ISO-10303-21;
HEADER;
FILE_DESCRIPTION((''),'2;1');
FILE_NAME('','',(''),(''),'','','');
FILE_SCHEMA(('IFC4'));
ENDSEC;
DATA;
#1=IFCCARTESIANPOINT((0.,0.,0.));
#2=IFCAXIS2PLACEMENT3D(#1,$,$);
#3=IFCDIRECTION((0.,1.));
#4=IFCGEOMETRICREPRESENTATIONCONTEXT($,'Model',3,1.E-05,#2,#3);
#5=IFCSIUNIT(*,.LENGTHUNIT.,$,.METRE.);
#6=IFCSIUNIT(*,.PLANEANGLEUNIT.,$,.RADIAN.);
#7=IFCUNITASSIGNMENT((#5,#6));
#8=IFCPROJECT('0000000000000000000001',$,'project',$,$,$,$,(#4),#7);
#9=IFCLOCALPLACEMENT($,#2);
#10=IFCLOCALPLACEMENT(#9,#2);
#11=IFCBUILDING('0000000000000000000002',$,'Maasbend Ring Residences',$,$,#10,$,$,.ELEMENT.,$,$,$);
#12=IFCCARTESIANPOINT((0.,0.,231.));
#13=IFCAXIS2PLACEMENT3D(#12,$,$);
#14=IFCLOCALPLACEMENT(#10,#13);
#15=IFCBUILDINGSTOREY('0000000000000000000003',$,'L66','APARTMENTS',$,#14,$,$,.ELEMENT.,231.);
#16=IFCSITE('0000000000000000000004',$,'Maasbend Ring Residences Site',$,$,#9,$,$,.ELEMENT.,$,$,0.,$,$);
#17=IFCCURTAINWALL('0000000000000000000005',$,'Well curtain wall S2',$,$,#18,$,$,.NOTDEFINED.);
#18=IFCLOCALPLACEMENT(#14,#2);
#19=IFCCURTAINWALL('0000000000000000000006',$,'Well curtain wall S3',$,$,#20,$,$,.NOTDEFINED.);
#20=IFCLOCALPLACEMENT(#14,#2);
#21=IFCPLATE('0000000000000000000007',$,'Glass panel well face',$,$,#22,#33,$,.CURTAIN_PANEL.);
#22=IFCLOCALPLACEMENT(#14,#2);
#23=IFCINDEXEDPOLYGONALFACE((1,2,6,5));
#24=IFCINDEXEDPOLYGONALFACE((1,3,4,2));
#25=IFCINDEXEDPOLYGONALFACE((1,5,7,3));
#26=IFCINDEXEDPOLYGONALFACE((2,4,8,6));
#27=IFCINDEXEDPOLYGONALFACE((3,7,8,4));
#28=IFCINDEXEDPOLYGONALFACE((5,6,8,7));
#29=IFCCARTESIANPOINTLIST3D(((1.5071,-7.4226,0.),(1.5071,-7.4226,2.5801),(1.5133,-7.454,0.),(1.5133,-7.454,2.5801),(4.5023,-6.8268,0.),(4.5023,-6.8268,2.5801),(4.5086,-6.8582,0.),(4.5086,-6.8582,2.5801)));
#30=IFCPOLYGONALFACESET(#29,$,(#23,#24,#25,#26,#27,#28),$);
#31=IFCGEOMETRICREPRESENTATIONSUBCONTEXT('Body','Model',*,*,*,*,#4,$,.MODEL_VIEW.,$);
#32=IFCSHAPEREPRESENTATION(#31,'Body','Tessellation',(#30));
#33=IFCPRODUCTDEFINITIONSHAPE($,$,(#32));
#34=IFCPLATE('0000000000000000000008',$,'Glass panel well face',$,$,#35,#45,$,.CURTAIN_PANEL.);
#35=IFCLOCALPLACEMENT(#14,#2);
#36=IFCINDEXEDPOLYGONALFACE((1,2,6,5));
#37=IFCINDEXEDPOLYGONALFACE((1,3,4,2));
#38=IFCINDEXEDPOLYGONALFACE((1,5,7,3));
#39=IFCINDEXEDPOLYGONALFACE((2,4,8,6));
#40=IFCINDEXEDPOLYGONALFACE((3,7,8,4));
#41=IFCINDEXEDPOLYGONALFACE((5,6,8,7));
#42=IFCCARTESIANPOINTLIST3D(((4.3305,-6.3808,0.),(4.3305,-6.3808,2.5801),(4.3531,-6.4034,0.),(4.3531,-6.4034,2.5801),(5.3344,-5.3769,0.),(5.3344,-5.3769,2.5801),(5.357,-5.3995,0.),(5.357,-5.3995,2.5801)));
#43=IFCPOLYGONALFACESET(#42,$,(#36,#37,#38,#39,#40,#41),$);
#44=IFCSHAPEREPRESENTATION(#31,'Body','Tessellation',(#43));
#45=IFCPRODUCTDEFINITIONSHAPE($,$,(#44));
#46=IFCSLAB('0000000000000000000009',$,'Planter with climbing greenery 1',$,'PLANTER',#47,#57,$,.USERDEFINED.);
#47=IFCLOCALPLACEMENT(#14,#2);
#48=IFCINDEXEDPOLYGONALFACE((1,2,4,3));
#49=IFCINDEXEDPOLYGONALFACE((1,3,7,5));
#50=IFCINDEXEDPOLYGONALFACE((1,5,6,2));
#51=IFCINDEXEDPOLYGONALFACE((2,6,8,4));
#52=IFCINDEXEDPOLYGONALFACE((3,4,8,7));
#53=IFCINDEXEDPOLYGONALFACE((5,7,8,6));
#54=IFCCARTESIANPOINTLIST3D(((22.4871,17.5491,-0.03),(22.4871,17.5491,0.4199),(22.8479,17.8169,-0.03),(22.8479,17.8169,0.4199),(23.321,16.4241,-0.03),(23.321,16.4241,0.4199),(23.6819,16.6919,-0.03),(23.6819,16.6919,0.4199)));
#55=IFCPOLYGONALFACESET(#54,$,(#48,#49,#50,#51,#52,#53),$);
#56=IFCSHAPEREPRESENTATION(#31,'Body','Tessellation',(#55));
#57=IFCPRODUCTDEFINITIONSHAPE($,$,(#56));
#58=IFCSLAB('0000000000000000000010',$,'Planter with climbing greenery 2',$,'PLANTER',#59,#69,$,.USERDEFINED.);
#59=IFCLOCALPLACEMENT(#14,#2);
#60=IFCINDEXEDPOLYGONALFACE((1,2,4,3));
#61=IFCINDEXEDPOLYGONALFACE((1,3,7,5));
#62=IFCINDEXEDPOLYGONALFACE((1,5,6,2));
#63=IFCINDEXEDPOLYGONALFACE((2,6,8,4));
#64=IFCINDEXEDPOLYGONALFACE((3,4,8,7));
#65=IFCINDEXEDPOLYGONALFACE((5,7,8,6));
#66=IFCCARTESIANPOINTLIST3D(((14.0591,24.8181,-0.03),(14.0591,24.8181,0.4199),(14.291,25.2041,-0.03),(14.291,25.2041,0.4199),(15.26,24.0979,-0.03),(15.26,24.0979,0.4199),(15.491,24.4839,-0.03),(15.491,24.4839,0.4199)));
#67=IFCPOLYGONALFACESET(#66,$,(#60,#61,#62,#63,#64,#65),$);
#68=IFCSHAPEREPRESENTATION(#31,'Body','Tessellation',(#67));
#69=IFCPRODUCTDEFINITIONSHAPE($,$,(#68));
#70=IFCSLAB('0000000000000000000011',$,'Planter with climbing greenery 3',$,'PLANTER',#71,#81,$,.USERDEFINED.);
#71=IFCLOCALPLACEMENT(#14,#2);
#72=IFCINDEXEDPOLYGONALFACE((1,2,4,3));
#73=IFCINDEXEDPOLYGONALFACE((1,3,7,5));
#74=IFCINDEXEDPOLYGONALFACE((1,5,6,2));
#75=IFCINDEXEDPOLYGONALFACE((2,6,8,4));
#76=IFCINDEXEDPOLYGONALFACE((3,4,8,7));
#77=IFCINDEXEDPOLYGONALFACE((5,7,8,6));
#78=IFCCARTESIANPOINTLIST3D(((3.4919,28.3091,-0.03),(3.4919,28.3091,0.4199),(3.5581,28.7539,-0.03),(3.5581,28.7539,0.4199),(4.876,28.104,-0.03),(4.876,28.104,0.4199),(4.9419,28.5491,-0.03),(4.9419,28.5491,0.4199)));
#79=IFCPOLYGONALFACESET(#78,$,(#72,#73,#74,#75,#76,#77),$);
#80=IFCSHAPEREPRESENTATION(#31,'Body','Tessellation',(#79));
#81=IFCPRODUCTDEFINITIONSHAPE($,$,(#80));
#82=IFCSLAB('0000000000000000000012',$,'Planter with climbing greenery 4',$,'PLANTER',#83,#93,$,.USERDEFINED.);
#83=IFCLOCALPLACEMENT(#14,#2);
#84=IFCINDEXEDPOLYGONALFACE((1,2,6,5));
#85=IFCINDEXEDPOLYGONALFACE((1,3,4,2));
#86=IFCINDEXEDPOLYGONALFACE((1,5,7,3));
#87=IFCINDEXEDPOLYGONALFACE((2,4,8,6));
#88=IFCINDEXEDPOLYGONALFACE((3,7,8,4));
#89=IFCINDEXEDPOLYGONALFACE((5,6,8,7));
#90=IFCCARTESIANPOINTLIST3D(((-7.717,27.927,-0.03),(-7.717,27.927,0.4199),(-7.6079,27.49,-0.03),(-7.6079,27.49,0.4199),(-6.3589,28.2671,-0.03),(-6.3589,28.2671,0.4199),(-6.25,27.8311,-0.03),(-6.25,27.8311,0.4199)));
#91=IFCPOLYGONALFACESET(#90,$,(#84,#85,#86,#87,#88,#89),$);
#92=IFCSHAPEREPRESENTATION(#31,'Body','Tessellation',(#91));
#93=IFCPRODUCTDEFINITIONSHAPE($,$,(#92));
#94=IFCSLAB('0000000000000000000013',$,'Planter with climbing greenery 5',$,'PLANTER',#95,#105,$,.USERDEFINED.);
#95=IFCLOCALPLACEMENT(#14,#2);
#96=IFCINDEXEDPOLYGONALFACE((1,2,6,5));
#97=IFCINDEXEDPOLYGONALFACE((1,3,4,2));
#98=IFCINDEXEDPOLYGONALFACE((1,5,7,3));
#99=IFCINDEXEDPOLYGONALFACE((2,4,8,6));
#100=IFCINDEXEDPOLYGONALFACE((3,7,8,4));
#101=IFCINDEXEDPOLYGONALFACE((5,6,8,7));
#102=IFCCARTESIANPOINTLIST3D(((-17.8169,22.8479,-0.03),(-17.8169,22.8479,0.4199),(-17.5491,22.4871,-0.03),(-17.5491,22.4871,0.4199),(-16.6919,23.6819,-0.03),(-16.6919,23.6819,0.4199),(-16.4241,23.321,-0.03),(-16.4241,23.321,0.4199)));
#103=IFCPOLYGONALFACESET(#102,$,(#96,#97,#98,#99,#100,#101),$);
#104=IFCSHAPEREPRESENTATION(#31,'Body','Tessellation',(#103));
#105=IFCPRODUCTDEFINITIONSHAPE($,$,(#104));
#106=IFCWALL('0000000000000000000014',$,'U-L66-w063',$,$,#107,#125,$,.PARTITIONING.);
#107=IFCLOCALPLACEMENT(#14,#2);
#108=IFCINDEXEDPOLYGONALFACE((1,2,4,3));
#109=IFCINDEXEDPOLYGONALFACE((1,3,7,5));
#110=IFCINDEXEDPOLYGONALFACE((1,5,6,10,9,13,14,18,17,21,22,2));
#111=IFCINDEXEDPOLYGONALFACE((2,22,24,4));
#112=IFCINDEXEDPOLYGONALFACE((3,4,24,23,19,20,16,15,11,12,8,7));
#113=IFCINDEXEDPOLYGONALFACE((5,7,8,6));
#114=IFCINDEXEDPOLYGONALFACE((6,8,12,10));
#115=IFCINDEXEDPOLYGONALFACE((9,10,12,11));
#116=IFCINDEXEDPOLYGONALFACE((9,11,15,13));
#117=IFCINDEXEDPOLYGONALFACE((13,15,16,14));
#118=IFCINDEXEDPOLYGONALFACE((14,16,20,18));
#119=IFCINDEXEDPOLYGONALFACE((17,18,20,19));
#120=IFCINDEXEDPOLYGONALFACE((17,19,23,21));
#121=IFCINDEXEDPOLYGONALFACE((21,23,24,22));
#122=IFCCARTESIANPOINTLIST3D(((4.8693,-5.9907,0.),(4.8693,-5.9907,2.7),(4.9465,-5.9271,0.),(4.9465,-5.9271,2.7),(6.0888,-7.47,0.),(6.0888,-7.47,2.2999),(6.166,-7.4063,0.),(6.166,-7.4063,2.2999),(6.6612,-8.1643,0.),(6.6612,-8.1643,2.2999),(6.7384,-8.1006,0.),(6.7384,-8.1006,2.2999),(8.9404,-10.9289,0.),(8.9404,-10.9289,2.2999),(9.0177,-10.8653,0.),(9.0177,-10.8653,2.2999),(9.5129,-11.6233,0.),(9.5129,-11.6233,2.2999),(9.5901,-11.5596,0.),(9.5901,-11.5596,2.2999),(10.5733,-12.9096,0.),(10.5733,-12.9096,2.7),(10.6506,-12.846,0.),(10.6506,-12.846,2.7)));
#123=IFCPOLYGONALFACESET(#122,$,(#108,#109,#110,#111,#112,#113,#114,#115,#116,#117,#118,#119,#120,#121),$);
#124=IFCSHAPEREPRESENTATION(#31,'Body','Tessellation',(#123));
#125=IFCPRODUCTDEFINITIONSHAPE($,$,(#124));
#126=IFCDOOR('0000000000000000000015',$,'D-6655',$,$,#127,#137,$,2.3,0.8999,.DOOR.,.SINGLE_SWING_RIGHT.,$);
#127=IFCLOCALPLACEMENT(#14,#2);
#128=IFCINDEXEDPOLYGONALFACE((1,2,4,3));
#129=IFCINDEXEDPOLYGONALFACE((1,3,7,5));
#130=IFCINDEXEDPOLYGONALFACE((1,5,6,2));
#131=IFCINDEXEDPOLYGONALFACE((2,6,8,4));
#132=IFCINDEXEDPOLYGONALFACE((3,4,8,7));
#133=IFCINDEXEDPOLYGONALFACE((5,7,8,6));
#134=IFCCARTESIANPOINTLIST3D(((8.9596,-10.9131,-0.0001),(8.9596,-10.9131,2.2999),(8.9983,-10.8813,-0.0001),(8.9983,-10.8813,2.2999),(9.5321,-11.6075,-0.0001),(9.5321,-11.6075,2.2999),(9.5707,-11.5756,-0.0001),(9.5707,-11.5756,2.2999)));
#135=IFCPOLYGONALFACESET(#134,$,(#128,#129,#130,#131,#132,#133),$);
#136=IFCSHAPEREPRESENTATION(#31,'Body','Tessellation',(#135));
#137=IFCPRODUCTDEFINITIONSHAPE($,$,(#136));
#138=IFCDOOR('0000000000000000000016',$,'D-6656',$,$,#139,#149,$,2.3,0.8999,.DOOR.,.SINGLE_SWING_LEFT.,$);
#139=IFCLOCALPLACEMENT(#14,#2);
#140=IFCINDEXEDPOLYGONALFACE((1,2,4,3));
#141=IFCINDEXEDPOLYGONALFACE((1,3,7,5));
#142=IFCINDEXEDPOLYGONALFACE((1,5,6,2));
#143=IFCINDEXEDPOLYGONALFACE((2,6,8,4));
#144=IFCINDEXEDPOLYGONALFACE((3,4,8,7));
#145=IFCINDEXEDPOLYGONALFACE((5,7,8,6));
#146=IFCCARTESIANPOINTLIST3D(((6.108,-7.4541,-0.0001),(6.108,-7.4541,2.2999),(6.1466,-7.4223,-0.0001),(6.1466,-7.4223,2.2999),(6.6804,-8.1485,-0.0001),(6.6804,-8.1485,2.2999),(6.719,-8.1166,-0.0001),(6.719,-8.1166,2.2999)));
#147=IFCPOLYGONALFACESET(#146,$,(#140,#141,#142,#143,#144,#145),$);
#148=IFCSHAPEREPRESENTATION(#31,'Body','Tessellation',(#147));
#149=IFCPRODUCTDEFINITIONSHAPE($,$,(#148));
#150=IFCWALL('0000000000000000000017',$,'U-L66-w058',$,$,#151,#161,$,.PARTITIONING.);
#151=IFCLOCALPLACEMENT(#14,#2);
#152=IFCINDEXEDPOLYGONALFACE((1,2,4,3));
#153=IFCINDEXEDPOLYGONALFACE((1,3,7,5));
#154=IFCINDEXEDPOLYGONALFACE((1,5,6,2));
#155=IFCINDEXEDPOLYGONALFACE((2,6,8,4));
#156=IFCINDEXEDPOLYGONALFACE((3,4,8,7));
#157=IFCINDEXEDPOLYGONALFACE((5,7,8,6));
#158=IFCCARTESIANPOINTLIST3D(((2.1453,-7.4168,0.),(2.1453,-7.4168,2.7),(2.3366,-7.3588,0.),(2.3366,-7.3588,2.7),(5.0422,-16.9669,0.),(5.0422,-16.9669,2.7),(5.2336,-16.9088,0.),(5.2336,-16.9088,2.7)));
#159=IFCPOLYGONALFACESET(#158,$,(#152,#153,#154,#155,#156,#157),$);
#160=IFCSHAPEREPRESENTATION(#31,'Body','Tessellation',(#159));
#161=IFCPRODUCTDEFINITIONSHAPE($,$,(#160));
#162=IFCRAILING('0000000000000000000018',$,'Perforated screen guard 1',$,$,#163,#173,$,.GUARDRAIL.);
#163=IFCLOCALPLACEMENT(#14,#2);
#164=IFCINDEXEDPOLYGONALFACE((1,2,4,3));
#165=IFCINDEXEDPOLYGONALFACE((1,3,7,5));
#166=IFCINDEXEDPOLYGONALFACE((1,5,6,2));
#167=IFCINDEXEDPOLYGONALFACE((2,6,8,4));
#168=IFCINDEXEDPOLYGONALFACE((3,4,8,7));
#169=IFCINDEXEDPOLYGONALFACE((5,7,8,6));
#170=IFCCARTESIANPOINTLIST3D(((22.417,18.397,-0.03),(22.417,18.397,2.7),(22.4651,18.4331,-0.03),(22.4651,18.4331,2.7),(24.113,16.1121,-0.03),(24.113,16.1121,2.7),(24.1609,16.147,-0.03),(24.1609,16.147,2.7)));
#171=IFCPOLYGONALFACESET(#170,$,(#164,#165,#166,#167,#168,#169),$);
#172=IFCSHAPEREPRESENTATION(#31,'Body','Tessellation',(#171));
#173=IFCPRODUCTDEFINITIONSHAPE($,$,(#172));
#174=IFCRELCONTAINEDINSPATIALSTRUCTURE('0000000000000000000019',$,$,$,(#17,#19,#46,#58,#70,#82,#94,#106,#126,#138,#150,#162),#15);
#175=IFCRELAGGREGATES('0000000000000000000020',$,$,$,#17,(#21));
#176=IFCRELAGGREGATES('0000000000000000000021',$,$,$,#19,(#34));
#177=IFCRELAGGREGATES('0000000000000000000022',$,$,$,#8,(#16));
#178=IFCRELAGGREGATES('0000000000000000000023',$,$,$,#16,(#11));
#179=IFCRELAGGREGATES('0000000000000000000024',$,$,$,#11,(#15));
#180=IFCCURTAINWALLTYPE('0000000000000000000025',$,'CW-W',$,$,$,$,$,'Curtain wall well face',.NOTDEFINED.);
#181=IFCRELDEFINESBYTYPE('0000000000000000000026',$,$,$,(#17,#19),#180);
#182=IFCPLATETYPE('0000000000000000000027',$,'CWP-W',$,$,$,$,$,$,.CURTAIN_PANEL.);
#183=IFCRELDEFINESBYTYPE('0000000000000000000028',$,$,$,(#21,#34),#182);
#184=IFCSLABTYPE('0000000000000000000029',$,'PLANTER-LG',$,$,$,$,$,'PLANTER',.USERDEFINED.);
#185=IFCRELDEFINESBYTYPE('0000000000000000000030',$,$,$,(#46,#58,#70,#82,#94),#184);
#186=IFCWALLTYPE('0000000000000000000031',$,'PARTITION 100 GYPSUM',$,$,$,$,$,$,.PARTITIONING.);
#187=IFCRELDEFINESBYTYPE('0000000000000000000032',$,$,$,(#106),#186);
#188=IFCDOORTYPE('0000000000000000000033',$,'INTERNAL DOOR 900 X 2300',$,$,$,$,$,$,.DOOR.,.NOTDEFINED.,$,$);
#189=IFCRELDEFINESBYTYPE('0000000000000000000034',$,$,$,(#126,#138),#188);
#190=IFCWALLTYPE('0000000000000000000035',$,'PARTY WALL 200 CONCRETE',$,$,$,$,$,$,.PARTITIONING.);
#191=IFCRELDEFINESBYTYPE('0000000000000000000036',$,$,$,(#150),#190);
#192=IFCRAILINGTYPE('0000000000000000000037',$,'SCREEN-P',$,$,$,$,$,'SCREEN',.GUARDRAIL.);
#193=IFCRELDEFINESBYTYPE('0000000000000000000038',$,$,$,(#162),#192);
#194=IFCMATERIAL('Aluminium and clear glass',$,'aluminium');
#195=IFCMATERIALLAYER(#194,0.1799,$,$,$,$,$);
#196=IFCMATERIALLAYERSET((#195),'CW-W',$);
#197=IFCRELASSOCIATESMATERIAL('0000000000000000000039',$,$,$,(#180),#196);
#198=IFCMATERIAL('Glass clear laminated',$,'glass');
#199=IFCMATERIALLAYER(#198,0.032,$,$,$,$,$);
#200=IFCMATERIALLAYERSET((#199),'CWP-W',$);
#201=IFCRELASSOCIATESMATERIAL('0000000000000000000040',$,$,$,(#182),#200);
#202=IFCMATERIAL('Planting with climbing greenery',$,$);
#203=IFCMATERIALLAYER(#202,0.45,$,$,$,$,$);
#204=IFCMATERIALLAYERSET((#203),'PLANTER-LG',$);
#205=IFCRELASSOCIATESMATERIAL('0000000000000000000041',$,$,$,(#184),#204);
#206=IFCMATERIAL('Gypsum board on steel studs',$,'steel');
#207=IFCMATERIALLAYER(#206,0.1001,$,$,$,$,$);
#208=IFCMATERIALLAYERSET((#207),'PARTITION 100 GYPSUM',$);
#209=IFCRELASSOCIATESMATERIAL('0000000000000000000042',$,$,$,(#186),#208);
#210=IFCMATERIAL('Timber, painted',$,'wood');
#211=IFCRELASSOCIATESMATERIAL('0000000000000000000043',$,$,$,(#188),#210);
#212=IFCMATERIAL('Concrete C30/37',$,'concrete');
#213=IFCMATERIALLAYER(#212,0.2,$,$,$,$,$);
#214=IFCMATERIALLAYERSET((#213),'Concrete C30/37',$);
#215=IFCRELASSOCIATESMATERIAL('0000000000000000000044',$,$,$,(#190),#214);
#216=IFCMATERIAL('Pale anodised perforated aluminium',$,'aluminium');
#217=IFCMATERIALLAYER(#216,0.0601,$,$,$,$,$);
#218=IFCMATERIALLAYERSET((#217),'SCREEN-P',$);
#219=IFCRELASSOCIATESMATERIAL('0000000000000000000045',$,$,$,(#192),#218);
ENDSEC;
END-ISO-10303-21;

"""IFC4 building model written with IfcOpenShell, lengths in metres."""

from ifc_helpers import new_model, si_unit, direction, frame, frame_2d, origin, origin_2d, place, context, subcontext, project, spatial, polyline, rectangle, outline, extrude, material, layer, layer_set, type_object, element, fill, aggregate, save


model = new_model("IFC4")

# Units and contexts
model_context = context("Model", 3, precision=1e-05, world=origin(), true_north=direction((0.0, 1.0)))
body_context = subcontext(model_context, "Body", "Model", "MODEL_VIEW")
ifc_project = project(units=[si_unit("LENGTHUNIT", "METRE"), si_unit("PLANEANGLEUNIT", "RADIAN")], contexts=[model_context])

# Site, building, storey
site_placement = place(None, origin())
site = spatial("IfcSite", under=ifc_project, at=site_placement, Name="Maasbend Ring Residences Site", CompositionType="ELEMENT", RefElevation=0.0)
building_placement = place(site_placement, origin())
building = spatial("IfcBuilding", under=site, at=building_placement, Name="Maasbend Ring Residences", CompositionType="ELEMENT")
storey_placement = place(building_placement, frame((0.0, 0.0, 231.0)))
storey = spatial("IfcBuildingStorey", under=building, at=storey_placement, Name="L66", Description="APARTMENTS", CompositionType="ELEMENT", Elevation=231.0)

# Curtain walls
ifc_material_1 = material(Name="Aluminium and clear glass", Category="aluminium")
ifc_layer_1 = layer(ifc_material_1, 0.1799)
ifc_layer_set_1 = layer_set([ifc_layer_1], Name="CW-W")
curtain_wall_type = type_object("IfcCurtainWallType", Name="CW-W", ElementType="Curtain wall well face", PredefinedType="NOTDEFINED", material=ifc_layer_set_1)
curtain_wall_1_placement = place(storey_placement, origin())
curtain_wall_1 = element("IfcCurtainWall", 1, at=curtain_wall_1_placement, inside=storey, type_object=curtain_wall_type, Name="Well curtain wall S2", PredefinedType="NOTDEFINED")
curtain_wall_2_placement = place(storey_placement, origin())
curtain_wall_2 = element("IfcCurtainWall", 2, at=curtain_wall_2_placement, inside=storey, type_object=curtain_wall_type, Name="Well curtain wall S3", PredefinedType="NOTDEFINED")

# Plates
ifc_material_2 = material(Name="Glass clear laminated", Category="glass")
ifc_layer_2 = layer(ifc_material_2, 0.032)
ifc_layer_set_2 = layer_set([ifc_layer_2], Name="CWP-W")
plate_type = type_object("IfcPlateType", Name="CWP-W", PredefinedType="CURTAIN_PANEL", material=ifc_layer_set_2)
plate_1_placement = place(storey_placement, frame((3.0078, -7.1404, 0.0), z_axis=(0.0, 0.0, 1.0), x_axis=(0.980785, 0.19509, 0.0)))
plate_1 = element("IfcPlate", 3, at=plate_1_placement, type_object=plate_type, Name="Glass panel well face", PredefinedType="CURTAIN_PANEL", context=body_context, shape_type="SweptSolid", body=[
    extrude(rectangle(XDim=3.054, YDim=0.032, at=origin_2d()), origin(), (0.0, 0.0, 1.0), 2.5801),
])
aggregate(curtain_wall_1, [plate_1])
plate_2_placement = place(storey_placement, frame((4.8438, -5.8901, 0.0), z_axis=(0.0, 0.0, 1.0), x_axis=(0.707107, 0.707107, 0.0)))
plate_2 = element("IfcPlate", 4, at=plate_2_placement, type_object=plate_type, Name="Glass panel well face", PredefinedType="CURTAIN_PANEL", context=body_context, shape_type="SweptSolid", body=[
    extrude(rectangle(XDim=1.4197, YDim=0.032, at=origin_2d()), origin(), (0.0, 0.0, 1.0), 2.5801),
])
aggregate(curtain_wall_2, [plate_2])

# Slabs
ifc_material_3 = material(Name="Planting with climbing greenery")
ifc_layer_3 = layer(ifc_material_3, 0.45)
ifc_layer_set_3 = layer_set([ifc_layer_3], Name="PLANTER-LG")
slab_type_1 = type_object("IfcSlabType", Name="PLANTER-LG", ElementType="PLANTER", PredefinedType="USERDEFINED", material=ifc_layer_set_3)
slab_1_placement = place(storey_placement, frame((0.0, 0.0, -0.03)))
element("IfcSlab", 5, at=slab_1_placement, inside=storey, type_object=slab_type_1, Name="Planter with climbing greenery 1", ObjectType="PLANTER", PredefinedType="USERDEFINED", context=body_context, shape_type="SweptSolid", body=[
    extrude(outline(polyline([(23.6819, 16.6919), (22.8479, 17.8169), (22.4871, 17.5491), (23.321, 16.4241), (23.6819, 16.6919)])), origin(), (0.0, 0.0, 1.0), 0.45),
])
slab_2_placement = place(storey_placement, frame((0.0, 0.0, -0.03)))
element("IfcSlab", 6, at=slab_2_placement, inside=storey, type_object=slab_type_1, Name="Planter with climbing greenery 2", ObjectType="PLANTER", PredefinedType="USERDEFINED", context=body_context, shape_type="SweptSolid", body=[
    extrude(outline(polyline([(15.491, 24.4839), (14.291, 25.2041), (14.0591, 24.8181), (15.26, 24.0979), (15.491, 24.4839)])), origin(), (0.0, 0.0, 1.0), 0.45),
])
slab_3_placement = place(storey_placement, frame((0.0, 0.0, -0.03)))
element("IfcSlab", 7, at=slab_3_placement, inside=storey, type_object=slab_type_1, Name="Planter with climbing greenery 3", ObjectType="PLANTER", PredefinedType="USERDEFINED", context=body_context, shape_type="SweptSolid", body=[
    extrude(outline(polyline([(4.9419, 28.5491), (3.5581, 28.7539), (3.4919, 28.3091), (4.876, 28.104), (4.9419, 28.5491)])), origin(), (0.0, 0.0, 1.0), 0.45),
])
slab_4_placement = place(storey_placement, frame((0.0, 0.0, -0.03)))
element("IfcSlab", 8, at=slab_4_placement, inside=storey, type_object=slab_type_1, Name="Planter with climbing greenery 4", ObjectType="PLANTER", PredefinedType="USERDEFINED", context=body_context, shape_type="SweptSolid", body=[
    extrude(outline(polyline([(-6.3589, 28.2671), (-7.717, 27.927), (-7.6079, 27.49), (-6.25, 27.8311), (-6.3589, 28.2671)])), origin(), (0.0, 0.0, 1.0), 0.45),
])
slab_5_placement = place(storey_placement, frame((0.0, 0.0, -0.03)))
element("IfcSlab", 9, at=slab_5_placement, inside=storey, type_object=slab_type_1, Name="Planter with climbing greenery 5", ObjectType="PLANTER", PredefinedType="USERDEFINED", context=body_context, shape_type="SweptSolid", body=[
    extrude(outline(polyline([(-16.6919, 23.6819), (-17.8169, 22.8479), (-17.5491, 22.4871), (-16.4241, 23.321), (-16.6919, 23.6819)])), origin(), (0.0, 0.0, 1.0), 0.45),
])

# Wall, openings, doors
ifc_material_4 = material(Name="Gypsum board on steel studs", Category="steel")
ifc_layer_4 = layer(ifc_material_4, 0.1001)
ifc_layer_set_4 = layer_set([ifc_layer_4], Name="PARTITION 100 GYPSUM")
wall_type_1 = type_object("IfcWallType", Name="PARTITION 100 GYPSUM", PredefinedType="PARTITIONING", material=ifc_layer_set_4)
wall_1_placement = place(storey_placement, frame((4.908, -5.959, 0.0), z_axis=(0.0, 0.0, 1.0), x_axis=(0.636116, -0.771594, 0.0)))
wall_1 = element("IfcWall", 10, at=wall_1_placement, inside=storey, type_object=wall_type_1, Name="U-L66-w063", PredefinedType="PARTITIONING", context=body_context, shape_type="SweptSolid", body=[
    extrude(rectangle(XDim=8.967, YDim=0.1001, at=frame_2d((4.4834, 0.0))), origin(), (0.0, 0.0, 1.0), 2.7),
])
opening_1_placement = place(wall_1_placement, frame((6.3999, 0.0, 0.0)))
opening_1 = element("IfcOpeningElement", 11, at=opening_1_placement, cuts=wall_1, PredefinedType="OPENING", context=body_context, shape_type="SweptSolid", body=[
    extrude(rectangle(XDim=0.8999, YDim=2.3, at=frame_2d((0.45, 1.1499))), frame((0.0, 0.0601, 0.0), z_axis=(0.0, -1.0, 0.0), x_axis=(1.0, 0.0, 0.0)), (0.0, 0.0, 1.0), 0.1201),
])
opening_2_placement = place(wall_1_placement, frame((1.917, 0.0, 0.0)))
opening_2 = element("IfcOpeningElement", 12, at=opening_2_placement, cuts=wall_1, PredefinedType="OPENING", context=body_context, shape_type="SweptSolid", body=[
    extrude(rectangle(XDim=0.8999, YDim=2.3, at=frame_2d((0.45, 1.1499))), frame((0.0, 0.0601, 0.0), z_axis=(0.0, -1.0, 0.0), x_axis=(1.0, 0.0, 0.0)), (0.0, 0.0, 1.0), 0.1201),
])
ifc_material_5 = material(Name="Timber, painted", Category="wood")
door_type = type_object("IfcDoorType", Name="INTERNAL DOOR 900 X 2300", OperationType="NOTDEFINED", PredefinedType="DOOR", material=ifc_material_5)
door_1_placement = place(opening_1_placement, origin())
door_1 = element("IfcDoor", 13, at=door_1_placement, inside=storey, type_object=door_type, Name="D-6655", OperationType="SINGLE_SWING_RIGHT", OverallHeight=2.3, OverallWidth=0.8999, PredefinedType="DOOR", context=body_context, shape_type="SweptSolid", body=[
    extrude(rectangle(XDim=0.8999, YDim=2.3, at=frame_2d((0.45, 1.1499))), frame((0.0, 0.0249, 0.0), z_axis=(0.0, -1.0, 0.0), x_axis=(1.0, 0.0, 0.0)), (0.0, 0.0, 1.0), 0.05),
])
fill(opening_1, door_1)
door_2_placement = place(opening_2_placement, origin())
door_2 = element("IfcDoor", 14, at=door_2_placement, inside=storey, type_object=door_type, Name="D-6656", OperationType="SINGLE_SWING_LEFT", OverallHeight=2.3, OverallWidth=0.8999, PredefinedType="DOOR", context=body_context, shape_type="SweptSolid", body=[
    extrude(rectangle(XDim=0.8999, YDim=2.3, at=frame_2d((0.45, 1.1499))), frame((0.0, 0.0249, 0.0), z_axis=(0.0, -1.0, 0.0), x_axis=(1.0, 0.0, 0.0)), (0.0, 0.0, 1.0), 0.05),
])
fill(opening_2, door_2)

# Wall
ifc_material_6 = material(Name="Concrete C30/37", Category="concrete")
ifc_layer_5 = layer(ifc_material_6, 0.2)
ifc_layer_set_5 = layer_set([ifc_layer_5], Name="Concrete C30/37")
wall_type_2 = type_object("IfcWallType", Name="PARTY WALL 200 CONCRETE", PredefinedType="PARTITIONING", material=ifc_layer_set_5)
wall_2_placement = place(storey_placement, frame((2.241, -7.3879, 0.0), z_axis=(0.0, 0.0, 1.0), x_axis=(0.290284, -0.95694, 0.0)))
element("IfcWall", 15, at=wall_2_placement, inside=storey, type_object=wall_type_2, Name="U-L66-w058", PredefinedType="PARTITIONING", context=body_context, shape_type="SweptSolid", body=[
    extrude(rectangle(XDim=9.9797, YDim=0.2, at=frame_2d((4.9897, 0.0))), origin(), (0.0, 0.0, 1.0), 2.7),
])

# Railing
ifc_material_7 = material(Name="Pale anodised perforated aluminium", Category="aluminium")
ifc_layer_6 = layer(ifc_material_7, 0.0601)
ifc_layer_set_6 = layer_set([ifc_layer_6], Name="SCREEN-P")
railing_type = type_object("IfcRailingType", Name="SCREEN-P", ElementType="SCREEN", PredefinedType="GUARDRAIL", material=ifc_layer_set_6)
railing_1_placement = place(storey_placement, frame((0.0, 0.0, -0.03)))
element("IfcRailing", 16, at=railing_1_placement, inside=storey, type_object=railing_type, Name="Perforated screen guard 1", PredefinedType="GUARDRAIL", context=body_context, shape_type="SweptSolid", body=[
    extrude(outline(polyline([(24.113, 16.1121), (22.417, 18.397), (22.4651, 18.4331), (24.1609, 16.147), (24.113, 16.1121)])), origin(), (0.0, 0.0, 1.0), 2.73),
])

save(model, "model.ifc")
